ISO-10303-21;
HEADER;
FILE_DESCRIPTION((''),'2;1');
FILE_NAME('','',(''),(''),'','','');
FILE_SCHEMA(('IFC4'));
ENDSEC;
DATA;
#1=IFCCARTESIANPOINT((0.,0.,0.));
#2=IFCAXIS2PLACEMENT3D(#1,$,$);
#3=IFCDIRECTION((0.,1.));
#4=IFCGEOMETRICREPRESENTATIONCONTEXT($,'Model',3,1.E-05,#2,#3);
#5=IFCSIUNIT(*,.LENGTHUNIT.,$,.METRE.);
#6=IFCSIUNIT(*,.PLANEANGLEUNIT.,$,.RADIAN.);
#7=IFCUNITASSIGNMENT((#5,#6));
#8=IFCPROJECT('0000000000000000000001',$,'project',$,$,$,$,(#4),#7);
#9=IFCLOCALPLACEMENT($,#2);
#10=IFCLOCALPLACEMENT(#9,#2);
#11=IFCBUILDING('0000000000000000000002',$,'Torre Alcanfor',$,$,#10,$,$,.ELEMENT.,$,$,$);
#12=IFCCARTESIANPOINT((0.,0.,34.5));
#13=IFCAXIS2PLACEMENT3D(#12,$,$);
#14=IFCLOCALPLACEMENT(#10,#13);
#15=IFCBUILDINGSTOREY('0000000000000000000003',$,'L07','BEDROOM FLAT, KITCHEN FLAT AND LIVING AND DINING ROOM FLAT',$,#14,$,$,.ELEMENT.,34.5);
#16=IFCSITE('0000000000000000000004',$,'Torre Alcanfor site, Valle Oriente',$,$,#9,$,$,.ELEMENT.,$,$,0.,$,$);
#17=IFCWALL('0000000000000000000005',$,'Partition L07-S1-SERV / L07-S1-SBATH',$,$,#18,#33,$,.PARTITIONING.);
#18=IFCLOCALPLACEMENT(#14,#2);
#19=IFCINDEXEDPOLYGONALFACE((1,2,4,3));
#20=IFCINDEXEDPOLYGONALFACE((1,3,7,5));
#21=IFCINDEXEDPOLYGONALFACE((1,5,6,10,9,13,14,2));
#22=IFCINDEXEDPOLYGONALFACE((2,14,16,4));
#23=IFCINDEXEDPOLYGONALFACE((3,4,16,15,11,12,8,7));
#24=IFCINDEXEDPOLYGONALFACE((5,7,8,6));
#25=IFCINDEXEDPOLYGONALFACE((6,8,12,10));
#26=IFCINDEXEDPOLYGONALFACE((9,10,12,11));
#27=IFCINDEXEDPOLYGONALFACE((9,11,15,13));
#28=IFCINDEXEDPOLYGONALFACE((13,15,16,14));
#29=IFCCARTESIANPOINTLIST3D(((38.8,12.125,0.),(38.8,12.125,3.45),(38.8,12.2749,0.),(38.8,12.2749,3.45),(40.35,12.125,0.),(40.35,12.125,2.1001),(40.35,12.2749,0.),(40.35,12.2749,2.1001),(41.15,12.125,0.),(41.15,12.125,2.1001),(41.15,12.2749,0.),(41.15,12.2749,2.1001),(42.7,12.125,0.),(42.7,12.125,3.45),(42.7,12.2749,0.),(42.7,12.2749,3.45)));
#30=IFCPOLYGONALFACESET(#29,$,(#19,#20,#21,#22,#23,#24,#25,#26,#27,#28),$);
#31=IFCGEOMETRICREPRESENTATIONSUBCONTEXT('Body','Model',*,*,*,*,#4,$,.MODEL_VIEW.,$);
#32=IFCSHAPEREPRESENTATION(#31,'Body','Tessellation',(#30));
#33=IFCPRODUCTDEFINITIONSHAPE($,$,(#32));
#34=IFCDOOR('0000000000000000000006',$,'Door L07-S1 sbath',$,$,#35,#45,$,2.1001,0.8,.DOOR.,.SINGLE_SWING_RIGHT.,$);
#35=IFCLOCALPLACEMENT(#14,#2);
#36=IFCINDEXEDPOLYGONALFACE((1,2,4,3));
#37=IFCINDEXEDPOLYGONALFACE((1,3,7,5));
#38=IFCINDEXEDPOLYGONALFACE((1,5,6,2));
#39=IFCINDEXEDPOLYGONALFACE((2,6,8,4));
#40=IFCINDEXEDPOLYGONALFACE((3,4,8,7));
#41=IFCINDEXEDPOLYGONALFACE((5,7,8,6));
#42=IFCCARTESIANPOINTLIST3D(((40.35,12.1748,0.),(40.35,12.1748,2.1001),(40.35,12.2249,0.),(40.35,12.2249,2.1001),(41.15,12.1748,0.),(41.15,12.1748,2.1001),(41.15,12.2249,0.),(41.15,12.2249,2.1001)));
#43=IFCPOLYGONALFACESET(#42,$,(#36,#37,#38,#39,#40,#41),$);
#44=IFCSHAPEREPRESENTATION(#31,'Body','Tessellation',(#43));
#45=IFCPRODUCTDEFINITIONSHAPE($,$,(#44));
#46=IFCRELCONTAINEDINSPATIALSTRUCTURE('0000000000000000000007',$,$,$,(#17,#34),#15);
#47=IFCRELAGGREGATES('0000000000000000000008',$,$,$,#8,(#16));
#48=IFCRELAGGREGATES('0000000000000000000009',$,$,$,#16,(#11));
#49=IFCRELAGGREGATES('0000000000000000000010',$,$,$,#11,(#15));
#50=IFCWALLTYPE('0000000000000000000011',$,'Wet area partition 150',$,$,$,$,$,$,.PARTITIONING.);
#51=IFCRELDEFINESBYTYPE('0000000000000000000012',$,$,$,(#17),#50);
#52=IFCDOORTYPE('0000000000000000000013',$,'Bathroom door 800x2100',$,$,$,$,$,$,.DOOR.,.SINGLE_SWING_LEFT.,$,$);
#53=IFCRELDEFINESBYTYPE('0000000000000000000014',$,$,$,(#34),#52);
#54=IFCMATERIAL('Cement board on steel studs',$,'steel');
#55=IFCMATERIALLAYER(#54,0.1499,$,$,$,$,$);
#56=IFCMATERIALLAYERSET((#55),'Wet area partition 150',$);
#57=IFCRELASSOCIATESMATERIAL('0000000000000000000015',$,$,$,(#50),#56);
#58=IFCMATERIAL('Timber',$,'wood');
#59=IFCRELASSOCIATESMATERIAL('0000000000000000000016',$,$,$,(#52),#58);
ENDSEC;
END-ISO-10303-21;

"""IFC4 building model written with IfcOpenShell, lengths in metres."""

from ifc_helpers import new_model, si_unit, direction, frame, frame_2d, origin, place, context, subcontext, project, spatial, rectangle, extrude, material, layer, layer_set, type_object, element, fill, save


model = new_model("IFC4")

# Units and contexts
model_context = context("Model", 3, precision=1e-05, world=origin(), true_north=direction((0.0, 1.0)))
body_context = subcontext(model_context, "Body", "Model", "MODEL_VIEW")
ifc_project = project(units=[si_unit("LENGTHUNIT", "METRE"), si_unit("PLANEANGLEUNIT", "RADIAN")], contexts=[model_context])

# Site, building, storey
site_placement = place(None, origin())
site = spatial("IfcSite", under=ifc_project, at=site_placement, Name="Torre Alcanfor site, Valle Oriente", CompositionType="ELEMENT", RefElevation=0.0)
building_placement = place(site_placement, origin())
building = spatial("IfcBuilding", under=site, at=building_placement, Name="Torre Alcanfor", CompositionType="ELEMENT")
storey_placement = place(building_placement, frame((0.0, 0.0, 34.5)))
storey = spatial("IfcBuildingStorey", under=building, at=storey_placement, Name="L07", Description="BEDROOM FLAT, KITCHEN FLAT AND LIVING AND DINING ROOM FLAT", CompositionType="ELEMENT", Elevation=34.5)

# Shared definitions
ifc_material_1 = material(Name="Cement board on steel studs", Category="steel")
ifc_layer_1 = layer(ifc_material_1, 0.1499)
ifc_layer_set_1 = layer_set([ifc_layer_1], Name="Wet area partition 150")
wall_type_1 = type_object("IfcWallType", Name="Wet area partition 150", PredefinedType="PARTITIONING", material=ifc_layer_set_1)

# Wall, opening, door
wall_1_placement = place(storey_placement, frame((38.8, 12.2, 0.0), z_axis=(0.0, 0.0, 1.0), x_axis=(1.0, 0.0, 0.0)))
wall_1 = element("IfcWall", 1, at=wall_1_placement, inside=storey, type_object=wall_type_1, Name="Partition L07-S1-SERV / L07-S1-SBATH", PredefinedType="PARTITIONING", context=body_context, shape_type="SweptSolid", body=[
    extrude(rectangle(XDim=3.8999, YDim=0.1499, at=frame_2d((1.95, 0.0))), origin(), (0.0, 0.0, 1.0), 3.45),
])
opening_1_placement = place(wall_1_placement, frame((1.55, 0.0, 0.0)))
opening_1 = element("IfcOpeningElement", 2, at=opening_1_placement, cuts=wall_1, PredefinedType="OPENING", context=body_context, shape_type="SweptSolid", body=[
    extrude(rectangle(XDim=0.8, YDim=2.1001, at=frame_2d((0.3999, 1.05))), frame((0.0, 0.085, 0.0), z_axis=(0.0, -1.0, 0.0), x_axis=(1.0, 0.0, 0.0)), (0.0, 0.0, 1.0), 0.1699),
])
ifc_material_2 = material(Name="Timber", Category="wood")
door_type_1 = type_object("IfcDoorType", Name="Bathroom door 800x2100", OperationType="SINGLE_SWING_LEFT", PredefinedType="DOOR", material=ifc_material_2)
door_1_placement = place(opening_1_placement, frame((0.8, 0.0, 0.0), z_axis=(0.0, 0.0, 1.0), x_axis=(-1.0, 0.0, 0.0)))
door_1 = element("IfcDoor", 3, at=door_1_placement, inside=storey, type_object=door_type_1, Name="Door L07-S1 sbath", OperationType="SINGLE_SWING_RIGHT", OverallHeight=2.1001, OverallWidth=0.8, PredefinedType="DOOR", context=body_context, shape_type="SweptSolid", body=[
    extrude(rectangle(XDim=0.8, YDim=2.1001, at=frame_2d((0.4001, 1.05))), frame((0.0, 0.0251, 0.0), z_axis=(0.0, -1.0, 0.0), x_axis=(1.0, 0.0, 0.0)), (0.0, 0.0, 1.0), 0.05),
])
fill(opening_1, door_1)

save(model, "model.ifc")
